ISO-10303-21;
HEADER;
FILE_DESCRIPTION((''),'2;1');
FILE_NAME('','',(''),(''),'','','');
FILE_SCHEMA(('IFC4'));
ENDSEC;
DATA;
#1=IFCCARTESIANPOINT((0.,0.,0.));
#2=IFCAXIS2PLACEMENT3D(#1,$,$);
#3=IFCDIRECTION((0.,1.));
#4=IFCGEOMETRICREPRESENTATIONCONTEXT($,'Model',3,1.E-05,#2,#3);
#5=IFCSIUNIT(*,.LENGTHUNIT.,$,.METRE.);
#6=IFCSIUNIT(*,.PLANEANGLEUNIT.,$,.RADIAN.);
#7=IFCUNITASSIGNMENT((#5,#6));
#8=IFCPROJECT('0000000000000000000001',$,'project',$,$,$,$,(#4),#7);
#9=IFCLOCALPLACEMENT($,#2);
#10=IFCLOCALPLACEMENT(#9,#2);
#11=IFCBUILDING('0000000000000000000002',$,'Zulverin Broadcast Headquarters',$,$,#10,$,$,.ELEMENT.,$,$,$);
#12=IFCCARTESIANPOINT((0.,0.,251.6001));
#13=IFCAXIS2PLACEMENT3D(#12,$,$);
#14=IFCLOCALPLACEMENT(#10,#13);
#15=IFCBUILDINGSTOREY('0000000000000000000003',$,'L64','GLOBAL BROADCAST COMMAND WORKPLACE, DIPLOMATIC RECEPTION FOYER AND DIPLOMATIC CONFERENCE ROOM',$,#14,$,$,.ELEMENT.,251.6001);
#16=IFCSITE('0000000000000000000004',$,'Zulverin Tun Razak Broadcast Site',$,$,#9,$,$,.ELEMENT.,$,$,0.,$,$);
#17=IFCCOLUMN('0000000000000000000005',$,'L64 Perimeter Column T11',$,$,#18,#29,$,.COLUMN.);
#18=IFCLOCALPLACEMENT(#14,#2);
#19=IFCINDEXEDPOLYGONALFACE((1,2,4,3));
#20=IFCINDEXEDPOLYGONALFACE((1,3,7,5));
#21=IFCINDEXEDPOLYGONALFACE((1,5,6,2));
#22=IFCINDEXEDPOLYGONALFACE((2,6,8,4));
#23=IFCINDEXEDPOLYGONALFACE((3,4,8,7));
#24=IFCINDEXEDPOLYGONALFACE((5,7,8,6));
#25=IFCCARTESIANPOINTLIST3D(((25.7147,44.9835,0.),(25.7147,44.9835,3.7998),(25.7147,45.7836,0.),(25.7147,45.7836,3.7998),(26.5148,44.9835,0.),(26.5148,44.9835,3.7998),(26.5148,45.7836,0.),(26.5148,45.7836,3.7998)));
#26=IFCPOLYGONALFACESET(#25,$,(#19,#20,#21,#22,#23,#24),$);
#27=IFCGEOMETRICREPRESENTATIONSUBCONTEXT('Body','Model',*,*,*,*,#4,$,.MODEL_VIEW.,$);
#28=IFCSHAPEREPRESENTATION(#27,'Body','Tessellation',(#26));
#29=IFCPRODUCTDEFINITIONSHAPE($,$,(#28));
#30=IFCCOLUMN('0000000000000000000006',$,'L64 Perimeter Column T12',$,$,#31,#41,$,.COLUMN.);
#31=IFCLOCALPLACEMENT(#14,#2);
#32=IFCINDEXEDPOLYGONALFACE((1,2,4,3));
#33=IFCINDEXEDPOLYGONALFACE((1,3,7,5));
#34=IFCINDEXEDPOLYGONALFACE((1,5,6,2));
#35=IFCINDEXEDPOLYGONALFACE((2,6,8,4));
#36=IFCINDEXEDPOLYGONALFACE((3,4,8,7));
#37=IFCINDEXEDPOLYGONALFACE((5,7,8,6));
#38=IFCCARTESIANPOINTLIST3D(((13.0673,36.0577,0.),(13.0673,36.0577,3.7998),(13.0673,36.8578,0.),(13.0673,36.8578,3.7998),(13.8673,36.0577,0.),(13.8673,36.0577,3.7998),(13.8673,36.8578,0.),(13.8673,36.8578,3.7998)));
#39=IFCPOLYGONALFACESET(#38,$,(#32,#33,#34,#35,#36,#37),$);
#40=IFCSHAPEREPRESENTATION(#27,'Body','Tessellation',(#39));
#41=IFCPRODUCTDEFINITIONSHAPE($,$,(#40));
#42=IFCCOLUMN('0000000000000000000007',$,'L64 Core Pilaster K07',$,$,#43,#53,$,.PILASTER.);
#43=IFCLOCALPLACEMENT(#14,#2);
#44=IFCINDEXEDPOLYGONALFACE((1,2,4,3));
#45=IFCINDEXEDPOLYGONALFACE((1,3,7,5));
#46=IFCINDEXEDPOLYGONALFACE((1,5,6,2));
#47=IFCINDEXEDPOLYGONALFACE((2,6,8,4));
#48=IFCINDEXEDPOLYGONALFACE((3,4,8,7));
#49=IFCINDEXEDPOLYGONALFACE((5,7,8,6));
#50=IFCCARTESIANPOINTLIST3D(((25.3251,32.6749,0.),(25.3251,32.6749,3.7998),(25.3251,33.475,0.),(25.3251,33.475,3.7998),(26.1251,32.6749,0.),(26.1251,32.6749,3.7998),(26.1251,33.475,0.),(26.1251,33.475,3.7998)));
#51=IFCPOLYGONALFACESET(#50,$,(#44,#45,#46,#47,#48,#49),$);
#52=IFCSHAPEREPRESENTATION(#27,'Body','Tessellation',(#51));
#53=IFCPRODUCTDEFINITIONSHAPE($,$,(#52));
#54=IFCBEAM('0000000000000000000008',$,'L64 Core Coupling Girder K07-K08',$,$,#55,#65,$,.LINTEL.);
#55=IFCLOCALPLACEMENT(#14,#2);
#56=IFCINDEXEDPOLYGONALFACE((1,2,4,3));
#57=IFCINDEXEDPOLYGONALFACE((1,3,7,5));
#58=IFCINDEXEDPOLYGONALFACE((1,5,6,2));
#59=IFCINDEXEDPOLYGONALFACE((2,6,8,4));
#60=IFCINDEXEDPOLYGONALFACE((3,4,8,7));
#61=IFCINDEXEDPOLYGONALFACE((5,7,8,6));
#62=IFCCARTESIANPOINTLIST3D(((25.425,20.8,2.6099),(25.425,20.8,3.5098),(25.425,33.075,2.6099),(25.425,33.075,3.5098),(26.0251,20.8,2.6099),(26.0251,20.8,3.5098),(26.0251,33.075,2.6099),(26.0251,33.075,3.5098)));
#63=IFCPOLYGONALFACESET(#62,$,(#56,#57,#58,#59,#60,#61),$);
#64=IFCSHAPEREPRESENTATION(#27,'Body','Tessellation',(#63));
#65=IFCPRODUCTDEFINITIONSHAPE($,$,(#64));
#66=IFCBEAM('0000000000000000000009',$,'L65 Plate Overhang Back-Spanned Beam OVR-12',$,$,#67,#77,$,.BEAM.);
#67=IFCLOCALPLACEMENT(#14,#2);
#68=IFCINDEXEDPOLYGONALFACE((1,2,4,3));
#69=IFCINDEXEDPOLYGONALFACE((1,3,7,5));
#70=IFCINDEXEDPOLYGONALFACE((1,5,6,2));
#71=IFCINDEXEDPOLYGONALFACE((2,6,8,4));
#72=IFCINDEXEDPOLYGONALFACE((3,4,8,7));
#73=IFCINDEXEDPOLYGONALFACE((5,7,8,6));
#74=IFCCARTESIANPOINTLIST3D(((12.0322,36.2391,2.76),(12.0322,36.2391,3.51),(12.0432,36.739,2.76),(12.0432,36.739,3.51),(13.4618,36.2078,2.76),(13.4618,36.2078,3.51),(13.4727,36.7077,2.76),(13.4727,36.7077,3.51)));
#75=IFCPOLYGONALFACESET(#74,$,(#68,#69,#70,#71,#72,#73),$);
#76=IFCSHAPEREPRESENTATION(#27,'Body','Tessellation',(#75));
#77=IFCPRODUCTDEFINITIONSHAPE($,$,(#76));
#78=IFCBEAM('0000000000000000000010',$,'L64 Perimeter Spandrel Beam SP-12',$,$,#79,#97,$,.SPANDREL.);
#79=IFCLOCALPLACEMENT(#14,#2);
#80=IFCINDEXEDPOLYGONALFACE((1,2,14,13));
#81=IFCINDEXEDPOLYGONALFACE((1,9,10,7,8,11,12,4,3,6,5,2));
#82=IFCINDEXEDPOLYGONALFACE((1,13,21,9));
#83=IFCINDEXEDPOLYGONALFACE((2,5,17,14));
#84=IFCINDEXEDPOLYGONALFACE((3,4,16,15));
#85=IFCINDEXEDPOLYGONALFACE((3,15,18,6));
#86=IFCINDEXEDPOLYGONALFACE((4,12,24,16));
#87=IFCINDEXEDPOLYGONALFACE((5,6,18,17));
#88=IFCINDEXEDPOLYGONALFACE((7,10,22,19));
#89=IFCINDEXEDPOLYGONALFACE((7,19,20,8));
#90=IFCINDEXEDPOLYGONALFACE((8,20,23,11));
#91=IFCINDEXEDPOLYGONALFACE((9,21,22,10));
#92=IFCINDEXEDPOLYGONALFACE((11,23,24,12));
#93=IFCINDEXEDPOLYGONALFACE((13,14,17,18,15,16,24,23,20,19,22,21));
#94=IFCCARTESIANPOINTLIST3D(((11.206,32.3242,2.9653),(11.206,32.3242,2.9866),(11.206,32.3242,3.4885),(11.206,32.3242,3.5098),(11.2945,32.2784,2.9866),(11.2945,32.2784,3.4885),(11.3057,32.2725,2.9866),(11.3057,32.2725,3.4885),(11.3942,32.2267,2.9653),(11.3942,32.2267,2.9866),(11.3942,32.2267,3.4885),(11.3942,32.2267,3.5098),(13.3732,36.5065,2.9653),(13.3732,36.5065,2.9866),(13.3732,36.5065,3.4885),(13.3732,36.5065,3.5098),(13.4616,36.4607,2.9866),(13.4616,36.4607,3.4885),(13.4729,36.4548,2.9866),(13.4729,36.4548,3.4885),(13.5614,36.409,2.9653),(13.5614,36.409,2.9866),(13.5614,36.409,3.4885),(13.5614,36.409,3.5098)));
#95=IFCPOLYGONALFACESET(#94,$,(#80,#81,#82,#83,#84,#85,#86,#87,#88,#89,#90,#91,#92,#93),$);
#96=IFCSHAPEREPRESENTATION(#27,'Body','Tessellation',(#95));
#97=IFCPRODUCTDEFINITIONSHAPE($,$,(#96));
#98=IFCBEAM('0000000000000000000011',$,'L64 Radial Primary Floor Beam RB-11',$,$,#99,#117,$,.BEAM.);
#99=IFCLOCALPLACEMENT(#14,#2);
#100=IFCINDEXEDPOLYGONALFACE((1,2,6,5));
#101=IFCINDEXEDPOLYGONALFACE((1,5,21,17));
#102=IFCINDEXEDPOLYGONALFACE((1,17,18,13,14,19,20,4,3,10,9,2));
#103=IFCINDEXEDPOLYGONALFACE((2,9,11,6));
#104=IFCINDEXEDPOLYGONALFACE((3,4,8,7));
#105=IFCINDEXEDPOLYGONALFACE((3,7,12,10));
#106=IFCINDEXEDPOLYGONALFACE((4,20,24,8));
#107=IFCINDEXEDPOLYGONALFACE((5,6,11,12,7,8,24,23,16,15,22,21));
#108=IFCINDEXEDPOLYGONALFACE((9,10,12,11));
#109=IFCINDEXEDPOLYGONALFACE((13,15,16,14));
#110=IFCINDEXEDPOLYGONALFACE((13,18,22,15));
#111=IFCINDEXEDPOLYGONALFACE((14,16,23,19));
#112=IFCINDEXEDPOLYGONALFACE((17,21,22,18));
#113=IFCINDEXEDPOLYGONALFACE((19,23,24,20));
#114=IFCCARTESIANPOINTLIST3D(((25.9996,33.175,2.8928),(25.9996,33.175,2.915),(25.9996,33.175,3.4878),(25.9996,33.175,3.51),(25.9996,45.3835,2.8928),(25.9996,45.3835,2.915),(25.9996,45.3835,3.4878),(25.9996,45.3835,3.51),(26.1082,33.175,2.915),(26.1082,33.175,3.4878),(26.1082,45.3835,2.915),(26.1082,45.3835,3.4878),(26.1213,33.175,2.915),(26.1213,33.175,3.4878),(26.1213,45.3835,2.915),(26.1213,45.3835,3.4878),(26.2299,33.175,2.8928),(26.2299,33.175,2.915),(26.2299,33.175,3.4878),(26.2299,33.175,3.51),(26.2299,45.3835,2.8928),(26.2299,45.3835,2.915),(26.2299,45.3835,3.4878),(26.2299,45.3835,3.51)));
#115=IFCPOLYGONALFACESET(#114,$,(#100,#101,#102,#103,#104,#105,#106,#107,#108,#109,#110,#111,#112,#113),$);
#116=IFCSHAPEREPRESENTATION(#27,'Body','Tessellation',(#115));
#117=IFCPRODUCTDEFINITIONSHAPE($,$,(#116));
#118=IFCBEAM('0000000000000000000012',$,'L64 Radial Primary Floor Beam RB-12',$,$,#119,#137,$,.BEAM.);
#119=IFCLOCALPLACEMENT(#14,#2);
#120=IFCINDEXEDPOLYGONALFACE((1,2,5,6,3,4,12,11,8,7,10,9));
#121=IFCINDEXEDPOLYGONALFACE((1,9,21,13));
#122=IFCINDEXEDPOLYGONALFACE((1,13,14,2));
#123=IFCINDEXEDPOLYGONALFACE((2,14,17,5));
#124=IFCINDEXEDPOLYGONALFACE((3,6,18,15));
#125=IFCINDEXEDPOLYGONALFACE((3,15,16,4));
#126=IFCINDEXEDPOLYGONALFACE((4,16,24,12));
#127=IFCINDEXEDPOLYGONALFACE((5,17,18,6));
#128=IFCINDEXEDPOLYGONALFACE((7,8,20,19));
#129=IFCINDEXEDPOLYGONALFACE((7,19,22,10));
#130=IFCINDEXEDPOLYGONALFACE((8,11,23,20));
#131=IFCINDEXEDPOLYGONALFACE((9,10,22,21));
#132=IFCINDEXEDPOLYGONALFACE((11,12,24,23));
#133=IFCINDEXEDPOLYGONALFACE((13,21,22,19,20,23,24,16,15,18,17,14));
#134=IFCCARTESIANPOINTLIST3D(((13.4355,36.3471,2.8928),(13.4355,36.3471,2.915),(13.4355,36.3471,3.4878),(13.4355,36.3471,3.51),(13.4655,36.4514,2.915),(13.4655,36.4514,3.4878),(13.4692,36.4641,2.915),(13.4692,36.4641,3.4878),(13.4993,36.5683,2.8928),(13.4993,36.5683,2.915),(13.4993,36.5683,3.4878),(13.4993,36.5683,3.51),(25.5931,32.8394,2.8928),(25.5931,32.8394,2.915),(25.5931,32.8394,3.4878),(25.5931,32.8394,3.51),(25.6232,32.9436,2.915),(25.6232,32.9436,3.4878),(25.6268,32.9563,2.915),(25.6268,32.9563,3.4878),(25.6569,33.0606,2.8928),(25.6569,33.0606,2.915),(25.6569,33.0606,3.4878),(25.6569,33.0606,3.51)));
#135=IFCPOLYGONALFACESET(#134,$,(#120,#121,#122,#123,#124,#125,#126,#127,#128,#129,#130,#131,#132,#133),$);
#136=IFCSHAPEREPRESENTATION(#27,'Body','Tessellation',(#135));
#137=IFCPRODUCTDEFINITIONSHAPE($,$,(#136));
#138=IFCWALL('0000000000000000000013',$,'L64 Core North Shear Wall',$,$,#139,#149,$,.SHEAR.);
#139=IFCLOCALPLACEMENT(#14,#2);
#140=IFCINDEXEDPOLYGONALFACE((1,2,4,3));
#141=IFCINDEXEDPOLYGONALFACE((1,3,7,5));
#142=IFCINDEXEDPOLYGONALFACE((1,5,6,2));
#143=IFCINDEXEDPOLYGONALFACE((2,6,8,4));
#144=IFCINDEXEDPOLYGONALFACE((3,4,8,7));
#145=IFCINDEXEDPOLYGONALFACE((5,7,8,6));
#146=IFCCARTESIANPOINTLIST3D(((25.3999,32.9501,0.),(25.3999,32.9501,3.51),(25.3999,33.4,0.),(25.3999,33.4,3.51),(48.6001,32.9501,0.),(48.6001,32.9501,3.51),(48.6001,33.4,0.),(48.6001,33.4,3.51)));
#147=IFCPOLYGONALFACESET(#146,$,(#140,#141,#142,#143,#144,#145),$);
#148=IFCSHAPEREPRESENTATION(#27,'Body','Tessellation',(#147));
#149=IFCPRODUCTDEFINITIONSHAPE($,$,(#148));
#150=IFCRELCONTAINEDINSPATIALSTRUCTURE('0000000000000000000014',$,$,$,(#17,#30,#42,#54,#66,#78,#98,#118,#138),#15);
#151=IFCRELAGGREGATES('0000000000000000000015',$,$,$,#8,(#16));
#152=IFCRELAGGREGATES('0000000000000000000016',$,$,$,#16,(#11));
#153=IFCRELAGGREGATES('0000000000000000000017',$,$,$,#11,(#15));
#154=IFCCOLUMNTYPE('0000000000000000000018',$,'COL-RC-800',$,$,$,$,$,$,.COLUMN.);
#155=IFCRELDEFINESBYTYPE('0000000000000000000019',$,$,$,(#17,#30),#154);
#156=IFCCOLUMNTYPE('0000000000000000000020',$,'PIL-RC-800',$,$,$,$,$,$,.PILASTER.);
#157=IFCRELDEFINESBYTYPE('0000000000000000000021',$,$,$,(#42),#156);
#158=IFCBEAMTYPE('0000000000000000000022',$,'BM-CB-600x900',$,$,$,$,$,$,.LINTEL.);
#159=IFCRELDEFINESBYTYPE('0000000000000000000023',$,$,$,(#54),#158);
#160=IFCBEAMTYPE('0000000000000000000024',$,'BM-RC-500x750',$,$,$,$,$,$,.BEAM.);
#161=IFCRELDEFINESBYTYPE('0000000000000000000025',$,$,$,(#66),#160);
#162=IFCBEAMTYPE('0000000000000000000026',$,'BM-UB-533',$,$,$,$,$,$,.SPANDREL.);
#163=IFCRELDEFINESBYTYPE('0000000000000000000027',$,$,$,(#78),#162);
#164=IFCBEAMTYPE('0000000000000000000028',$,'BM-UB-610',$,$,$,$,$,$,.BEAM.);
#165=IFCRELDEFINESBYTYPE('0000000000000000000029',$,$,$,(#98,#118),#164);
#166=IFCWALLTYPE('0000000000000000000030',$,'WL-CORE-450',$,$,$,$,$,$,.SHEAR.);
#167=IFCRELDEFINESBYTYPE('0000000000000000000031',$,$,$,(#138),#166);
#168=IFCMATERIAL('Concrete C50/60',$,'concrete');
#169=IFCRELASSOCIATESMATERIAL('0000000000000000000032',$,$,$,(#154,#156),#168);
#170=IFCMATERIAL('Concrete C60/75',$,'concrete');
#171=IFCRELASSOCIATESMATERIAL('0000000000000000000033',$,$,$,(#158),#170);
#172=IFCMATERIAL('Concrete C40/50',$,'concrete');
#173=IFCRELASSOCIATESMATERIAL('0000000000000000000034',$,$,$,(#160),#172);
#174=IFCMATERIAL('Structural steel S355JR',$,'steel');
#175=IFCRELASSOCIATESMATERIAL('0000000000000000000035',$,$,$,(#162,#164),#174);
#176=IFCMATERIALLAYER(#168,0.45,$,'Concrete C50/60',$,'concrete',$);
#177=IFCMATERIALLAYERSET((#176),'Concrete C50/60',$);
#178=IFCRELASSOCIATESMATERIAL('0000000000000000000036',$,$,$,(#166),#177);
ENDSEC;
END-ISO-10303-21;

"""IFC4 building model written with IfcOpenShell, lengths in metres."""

from ifc_helpers import new_model, si_unit, direction, frame, frame_2d, origin, origin_2d, place, context, subcontext, project, spatial, rectangle, i_section, extrude, material, layer, layer_set, material_profile, profile_set, type_object, element, save


model = new_model("IFC4")

# Units and contexts
model_context = context("Model", 3, precision=1e-05, world=origin(), true_north=direction((0.0, 1.0)))
body_context = subcontext(model_context, "Body", "Model", "MODEL_VIEW")
ifc_project = project(units=[si_unit("LENGTHUNIT", "METRE"), si_unit("PLANEANGLEUNIT", "RADIAN")], contexts=[model_context])

# Site, building, storey
site_placement = place(None, origin())
site = spatial("IfcSite", under=ifc_project, at=site_placement, Name="Zulverin Tun Razak Broadcast Site", CompositionType="ELEMENT", RefElevation=0.0)
building_placement = place(site_placement, origin())
building = spatial("IfcBuilding", under=site, at=building_placement, Name="Zulverin Broadcast Headquarters", CompositionType="ELEMENT")
storey_placement = place(building_placement, frame((0.0, 0.0, 251.6001)))
storey = spatial("IfcBuildingStorey", under=building, at=storey_placement, Name="L64", Description="GLOBAL BROADCAST COMMAND WORKPLACE, DIPLOMATIC RECEPTION FOYER AND DIPLOMATIC CONFERENCE ROOM", CompositionType="ELEMENT", Elevation=251.6001)

# Columns
ifc_material_1 = material(Name="Concrete C50/60", Category="concrete")
ifc_material_profile_1 = material_profile(ifc_material_1, rectangle(XDim=0.8, YDim=0.8, at=origin_2d()), Name="Concrete C50/60", Category="concrete")
ifc_profile_set_1 = profile_set([ifc_material_profile_1], Name="Concrete C50/60")
column_type_1 = type_object("IfcColumnType", Name="COL-RC-800", PredefinedType="COLUMN", material=ifc_profile_set_1)
for number, where, z_axis, x_axis, name in (
    (1, (26.1147, 45.3835, 0.0), (0.0, 0.0, 1.0), (1.0, 0.0, 0.0), "L64 Perimeter Column T11"),
    (2, (13.4673, 36.4578, 0.0), (0.0, 0.0, 1.0), (1.0, 0.0, 0.0), "L64 Perimeter Column T12"),
):
    element("IfcColumn", number, at=place(storey_placement, frame(where, z_axis=z_axis, x_axis=x_axis)), inside=storey, type_object=column_type_1, Name=name, PredefinedType="COLUMN", context=body_context, shape_type="SweptSolid", body=[
        extrude(rectangle(XDim=0.8, YDim=0.8, at=origin_2d()), origin(), (0.0, 0.0, 1.0), 3.7998),
    ])
ifc_material_profile_2 = material_profile(ifc_material_1, rectangle(XDim=0.8, YDim=0.8, at=origin_2d()), Name="Concrete C50/60", Category="concrete")
ifc_profile_set_2 = profile_set([ifc_material_profile_2], Name="Concrete C50/60")
column_type_2 = type_object("IfcColumnType", Name="PIL-RC-800", PredefinedType="PILASTER", material=ifc_profile_set_2)
column_placement = place(storey_placement, frame((25.7251, 33.075, 0.0), z_axis=(0.0, 0.0, 1.0), x_axis=(1.0, 0.0, 0.0)))
element("IfcColumn", 3, at=column_placement, inside=storey, type_object=column_type_2, Name="L64 Core Pilaster K07", PredefinedType="PILASTER", context=body_context, shape_type="SweptSolid", body=[
    extrude(rectangle(XDim=0.8, YDim=0.8, at=origin_2d()), origin(), (0.0, 0.0, 1.0), 3.7998),
])

# Beams
ifc_material_2 = material(Name="Concrete C60/75", Category="concrete")
ifc_material_profile_3 = material_profile(ifc_material_2, rectangle(XDim=0.6001, YDim=0.8999, at=origin_2d()), Name="Concrete C60/75", Category="concrete")
ifc_profile_set_3 = profile_set([ifc_material_profile_3], Name="Concrete C60/75")
beam_type_1 = type_object("IfcBeamType", Name="BM-CB-600x900", PredefinedType="LINTEL", material=ifc_profile_set_3)
beam_1_placement = place(storey_placement, frame((25.7251, 33.075, 3.0598), z_axis=(0.0, -1.0, 0.0), x_axis=(1.0, 0.0, 0.0)))
element("IfcBeam", 4, at=beam_1_placement, inside=storey, type_object=beam_type_1, Name="L64 Core Coupling Girder K07-K08", PredefinedType="LINTEL", context=body_context, shape_type="SweptSolid", body=[
    extrude(rectangle(XDim=0.6001, YDim=0.8999, at=origin_2d()), origin(), (0.0, 0.0, 1.0), 12.2749),
])
ifc_material_3 = material(Name="Concrete C40/50", Category="concrete")
ifc_material_profile_4 = material_profile(ifc_material_3, rectangle(XDim=0.5, YDim=0.75, at=origin_2d()), Name="Concrete C40/50", Category="concrete")
ifc_profile_set_4 = profile_set([ifc_material_profile_4], Name="Concrete C40/50")
beam_type_2 = type_object("IfcBeamType", Name="BM-RC-500x750", PredefinedType="BEAM", material=ifc_profile_set_4)
beam_2_placement = place(storey_placement, frame((13.4673, 36.4578, 3.135), z_axis=(-0.999761, 0.021853, 0.0), x_axis=(-0.021853, -0.999761, 0.0)))
element("IfcBeam", 5, at=beam_2_placement, inside=storey, type_object=beam_type_2, Name="L65 Plate Overhang Back-Spanned Beam OVR-12", PredefinedType="BEAM", context=body_context, shape_type="SweptSolid", body=[
    extrude(rectangle(XDim=0.5, YDim=0.75, at=origin_2d()), origin(), (0.0, 0.0, 1.0), 1.4299),
])
ifc_material_4 = material(Name="Structural steel S355JR", Category="steel")
ifc_material_profile_5 = material_profile(ifc_material_4, i_section(OverallWidth=0.2119, OverallDepth=0.5444, WebThickness=0.0127, FlangeThickness=0.0212, at=origin_2d()), Name="Structural steel S355JR", Category="steel")
ifc_profile_set_5 = profile_set([ifc_material_profile_5], Name="Structural steel S355JR")
beam_type_3 = type_object("IfcBeamType", Name="BM-UB-533", PredefinedType="SPANDREL", material=ifc_profile_set_5)
beam_3_placement = place(storey_placement, frame((13.4673, 36.4578, 3.2375), z_axis=(-0.460083, -0.887876, 0.0), x_axis=(0.887876, -0.460083, 0.0)))
element("IfcBeam", 6, at=beam_3_placement, inside=storey, type_object=beam_type_3, Name="L64 Perimeter Spandrel Beam SP-12", PredefinedType="SPANDREL", context=body_context, shape_type="SweptSolid", body=[
    extrude(i_section(OverallWidth=0.2119, OverallDepth=0.5444, WebThickness=0.0127, FlangeThickness=0.0212, at=origin_2d()), origin(), (0.0, 0.0, 1.0), 4.7104),
])
ifc_material_profile_6 = material_profile(ifc_material_4, i_section(OverallWidth=0.2302, OverallDepth=0.6172, WebThickness=0.0132, FlangeThickness=0.0222, at=origin_2d()), Name="Structural steel S355JR", Category="steel")
ifc_profile_set_6 = profile_set([ifc_material_profile_6], Name="Structural steel S355JR")
beam_type_4 = type_object("IfcBeamType", Name="BM-UB-610", PredefinedType="BEAM", material=ifc_profile_set_6)
beam_4_placement = place(storey_placement, frame((26.1147, 33.175, 3.2014), z_axis=(0.0, 1.0, 0.0), x_axis=(-1.0, 0.0, 0.0)))
element("IfcBeam", 7, at=beam_4_placement, inside=storey, type_object=beam_type_4, Name="L64 Radial Primary Floor Beam RB-11", PredefinedType="BEAM", context=body_context, shape_type="SweptSolid", body=[
    extrude(i_section(OverallWidth=0.2302, OverallDepth=0.6172, WebThickness=0.0132, FlangeThickness=0.0222, at=origin_2d()), origin(), (0.0, 0.0, 1.0), 12.2085),
])
beam_5_placement = place(storey_placement, frame((25.625, 32.95, 3.2014), z_axis=(-0.960807, 0.277218, 0.0), x_axis=(-0.277218, -0.960807, 0.0)))
element("IfcBeam", 8, at=beam_5_placement, inside=storey, type_object=beam_type_4, Name="L64 Radial Primary Floor Beam RB-12", PredefinedType="BEAM", context=body_context, shape_type="SweptSolid", body=[
    extrude(i_section(OverallWidth=0.2302, OverallDepth=0.6172, WebThickness=0.0132, FlangeThickness=0.0222, at=origin_2d()), origin(), (0.0, 0.0, 1.0), 12.6536),
])

# Wall
ifc_layer_1 = layer(ifc_material_1, 0.45, Name="Concrete C50/60", Category="concrete")
ifc_layer_set_1 = layer_set([ifc_layer_1], Name="Concrete C50/60")
wall_type_1 = type_object("IfcWallType", Name="WL-CORE-450", PredefinedType="SHEAR", material=ifc_layer_set_1)
wall_1_placement = place(storey_placement, frame((25.3999, 33.175, 0.0), z_axis=(0.0, 0.0, 1.0), x_axis=(1.0, 0.0, 0.0)))
element("IfcWall", 9, at=wall_1_placement, inside=storey, type_object=wall_type_1, Name="L64 Core North Shear Wall", PredefinedType="SHEAR", context=body_context, shape_type="SweptSolid", body=[
    extrude(rectangle(XDim=23.2002, YDim=0.45, at=frame_2d((11.6001, 0.0))), origin(), (0.0, 0.0, 1.0), 3.51),
])

save(model, "model.ifc")
